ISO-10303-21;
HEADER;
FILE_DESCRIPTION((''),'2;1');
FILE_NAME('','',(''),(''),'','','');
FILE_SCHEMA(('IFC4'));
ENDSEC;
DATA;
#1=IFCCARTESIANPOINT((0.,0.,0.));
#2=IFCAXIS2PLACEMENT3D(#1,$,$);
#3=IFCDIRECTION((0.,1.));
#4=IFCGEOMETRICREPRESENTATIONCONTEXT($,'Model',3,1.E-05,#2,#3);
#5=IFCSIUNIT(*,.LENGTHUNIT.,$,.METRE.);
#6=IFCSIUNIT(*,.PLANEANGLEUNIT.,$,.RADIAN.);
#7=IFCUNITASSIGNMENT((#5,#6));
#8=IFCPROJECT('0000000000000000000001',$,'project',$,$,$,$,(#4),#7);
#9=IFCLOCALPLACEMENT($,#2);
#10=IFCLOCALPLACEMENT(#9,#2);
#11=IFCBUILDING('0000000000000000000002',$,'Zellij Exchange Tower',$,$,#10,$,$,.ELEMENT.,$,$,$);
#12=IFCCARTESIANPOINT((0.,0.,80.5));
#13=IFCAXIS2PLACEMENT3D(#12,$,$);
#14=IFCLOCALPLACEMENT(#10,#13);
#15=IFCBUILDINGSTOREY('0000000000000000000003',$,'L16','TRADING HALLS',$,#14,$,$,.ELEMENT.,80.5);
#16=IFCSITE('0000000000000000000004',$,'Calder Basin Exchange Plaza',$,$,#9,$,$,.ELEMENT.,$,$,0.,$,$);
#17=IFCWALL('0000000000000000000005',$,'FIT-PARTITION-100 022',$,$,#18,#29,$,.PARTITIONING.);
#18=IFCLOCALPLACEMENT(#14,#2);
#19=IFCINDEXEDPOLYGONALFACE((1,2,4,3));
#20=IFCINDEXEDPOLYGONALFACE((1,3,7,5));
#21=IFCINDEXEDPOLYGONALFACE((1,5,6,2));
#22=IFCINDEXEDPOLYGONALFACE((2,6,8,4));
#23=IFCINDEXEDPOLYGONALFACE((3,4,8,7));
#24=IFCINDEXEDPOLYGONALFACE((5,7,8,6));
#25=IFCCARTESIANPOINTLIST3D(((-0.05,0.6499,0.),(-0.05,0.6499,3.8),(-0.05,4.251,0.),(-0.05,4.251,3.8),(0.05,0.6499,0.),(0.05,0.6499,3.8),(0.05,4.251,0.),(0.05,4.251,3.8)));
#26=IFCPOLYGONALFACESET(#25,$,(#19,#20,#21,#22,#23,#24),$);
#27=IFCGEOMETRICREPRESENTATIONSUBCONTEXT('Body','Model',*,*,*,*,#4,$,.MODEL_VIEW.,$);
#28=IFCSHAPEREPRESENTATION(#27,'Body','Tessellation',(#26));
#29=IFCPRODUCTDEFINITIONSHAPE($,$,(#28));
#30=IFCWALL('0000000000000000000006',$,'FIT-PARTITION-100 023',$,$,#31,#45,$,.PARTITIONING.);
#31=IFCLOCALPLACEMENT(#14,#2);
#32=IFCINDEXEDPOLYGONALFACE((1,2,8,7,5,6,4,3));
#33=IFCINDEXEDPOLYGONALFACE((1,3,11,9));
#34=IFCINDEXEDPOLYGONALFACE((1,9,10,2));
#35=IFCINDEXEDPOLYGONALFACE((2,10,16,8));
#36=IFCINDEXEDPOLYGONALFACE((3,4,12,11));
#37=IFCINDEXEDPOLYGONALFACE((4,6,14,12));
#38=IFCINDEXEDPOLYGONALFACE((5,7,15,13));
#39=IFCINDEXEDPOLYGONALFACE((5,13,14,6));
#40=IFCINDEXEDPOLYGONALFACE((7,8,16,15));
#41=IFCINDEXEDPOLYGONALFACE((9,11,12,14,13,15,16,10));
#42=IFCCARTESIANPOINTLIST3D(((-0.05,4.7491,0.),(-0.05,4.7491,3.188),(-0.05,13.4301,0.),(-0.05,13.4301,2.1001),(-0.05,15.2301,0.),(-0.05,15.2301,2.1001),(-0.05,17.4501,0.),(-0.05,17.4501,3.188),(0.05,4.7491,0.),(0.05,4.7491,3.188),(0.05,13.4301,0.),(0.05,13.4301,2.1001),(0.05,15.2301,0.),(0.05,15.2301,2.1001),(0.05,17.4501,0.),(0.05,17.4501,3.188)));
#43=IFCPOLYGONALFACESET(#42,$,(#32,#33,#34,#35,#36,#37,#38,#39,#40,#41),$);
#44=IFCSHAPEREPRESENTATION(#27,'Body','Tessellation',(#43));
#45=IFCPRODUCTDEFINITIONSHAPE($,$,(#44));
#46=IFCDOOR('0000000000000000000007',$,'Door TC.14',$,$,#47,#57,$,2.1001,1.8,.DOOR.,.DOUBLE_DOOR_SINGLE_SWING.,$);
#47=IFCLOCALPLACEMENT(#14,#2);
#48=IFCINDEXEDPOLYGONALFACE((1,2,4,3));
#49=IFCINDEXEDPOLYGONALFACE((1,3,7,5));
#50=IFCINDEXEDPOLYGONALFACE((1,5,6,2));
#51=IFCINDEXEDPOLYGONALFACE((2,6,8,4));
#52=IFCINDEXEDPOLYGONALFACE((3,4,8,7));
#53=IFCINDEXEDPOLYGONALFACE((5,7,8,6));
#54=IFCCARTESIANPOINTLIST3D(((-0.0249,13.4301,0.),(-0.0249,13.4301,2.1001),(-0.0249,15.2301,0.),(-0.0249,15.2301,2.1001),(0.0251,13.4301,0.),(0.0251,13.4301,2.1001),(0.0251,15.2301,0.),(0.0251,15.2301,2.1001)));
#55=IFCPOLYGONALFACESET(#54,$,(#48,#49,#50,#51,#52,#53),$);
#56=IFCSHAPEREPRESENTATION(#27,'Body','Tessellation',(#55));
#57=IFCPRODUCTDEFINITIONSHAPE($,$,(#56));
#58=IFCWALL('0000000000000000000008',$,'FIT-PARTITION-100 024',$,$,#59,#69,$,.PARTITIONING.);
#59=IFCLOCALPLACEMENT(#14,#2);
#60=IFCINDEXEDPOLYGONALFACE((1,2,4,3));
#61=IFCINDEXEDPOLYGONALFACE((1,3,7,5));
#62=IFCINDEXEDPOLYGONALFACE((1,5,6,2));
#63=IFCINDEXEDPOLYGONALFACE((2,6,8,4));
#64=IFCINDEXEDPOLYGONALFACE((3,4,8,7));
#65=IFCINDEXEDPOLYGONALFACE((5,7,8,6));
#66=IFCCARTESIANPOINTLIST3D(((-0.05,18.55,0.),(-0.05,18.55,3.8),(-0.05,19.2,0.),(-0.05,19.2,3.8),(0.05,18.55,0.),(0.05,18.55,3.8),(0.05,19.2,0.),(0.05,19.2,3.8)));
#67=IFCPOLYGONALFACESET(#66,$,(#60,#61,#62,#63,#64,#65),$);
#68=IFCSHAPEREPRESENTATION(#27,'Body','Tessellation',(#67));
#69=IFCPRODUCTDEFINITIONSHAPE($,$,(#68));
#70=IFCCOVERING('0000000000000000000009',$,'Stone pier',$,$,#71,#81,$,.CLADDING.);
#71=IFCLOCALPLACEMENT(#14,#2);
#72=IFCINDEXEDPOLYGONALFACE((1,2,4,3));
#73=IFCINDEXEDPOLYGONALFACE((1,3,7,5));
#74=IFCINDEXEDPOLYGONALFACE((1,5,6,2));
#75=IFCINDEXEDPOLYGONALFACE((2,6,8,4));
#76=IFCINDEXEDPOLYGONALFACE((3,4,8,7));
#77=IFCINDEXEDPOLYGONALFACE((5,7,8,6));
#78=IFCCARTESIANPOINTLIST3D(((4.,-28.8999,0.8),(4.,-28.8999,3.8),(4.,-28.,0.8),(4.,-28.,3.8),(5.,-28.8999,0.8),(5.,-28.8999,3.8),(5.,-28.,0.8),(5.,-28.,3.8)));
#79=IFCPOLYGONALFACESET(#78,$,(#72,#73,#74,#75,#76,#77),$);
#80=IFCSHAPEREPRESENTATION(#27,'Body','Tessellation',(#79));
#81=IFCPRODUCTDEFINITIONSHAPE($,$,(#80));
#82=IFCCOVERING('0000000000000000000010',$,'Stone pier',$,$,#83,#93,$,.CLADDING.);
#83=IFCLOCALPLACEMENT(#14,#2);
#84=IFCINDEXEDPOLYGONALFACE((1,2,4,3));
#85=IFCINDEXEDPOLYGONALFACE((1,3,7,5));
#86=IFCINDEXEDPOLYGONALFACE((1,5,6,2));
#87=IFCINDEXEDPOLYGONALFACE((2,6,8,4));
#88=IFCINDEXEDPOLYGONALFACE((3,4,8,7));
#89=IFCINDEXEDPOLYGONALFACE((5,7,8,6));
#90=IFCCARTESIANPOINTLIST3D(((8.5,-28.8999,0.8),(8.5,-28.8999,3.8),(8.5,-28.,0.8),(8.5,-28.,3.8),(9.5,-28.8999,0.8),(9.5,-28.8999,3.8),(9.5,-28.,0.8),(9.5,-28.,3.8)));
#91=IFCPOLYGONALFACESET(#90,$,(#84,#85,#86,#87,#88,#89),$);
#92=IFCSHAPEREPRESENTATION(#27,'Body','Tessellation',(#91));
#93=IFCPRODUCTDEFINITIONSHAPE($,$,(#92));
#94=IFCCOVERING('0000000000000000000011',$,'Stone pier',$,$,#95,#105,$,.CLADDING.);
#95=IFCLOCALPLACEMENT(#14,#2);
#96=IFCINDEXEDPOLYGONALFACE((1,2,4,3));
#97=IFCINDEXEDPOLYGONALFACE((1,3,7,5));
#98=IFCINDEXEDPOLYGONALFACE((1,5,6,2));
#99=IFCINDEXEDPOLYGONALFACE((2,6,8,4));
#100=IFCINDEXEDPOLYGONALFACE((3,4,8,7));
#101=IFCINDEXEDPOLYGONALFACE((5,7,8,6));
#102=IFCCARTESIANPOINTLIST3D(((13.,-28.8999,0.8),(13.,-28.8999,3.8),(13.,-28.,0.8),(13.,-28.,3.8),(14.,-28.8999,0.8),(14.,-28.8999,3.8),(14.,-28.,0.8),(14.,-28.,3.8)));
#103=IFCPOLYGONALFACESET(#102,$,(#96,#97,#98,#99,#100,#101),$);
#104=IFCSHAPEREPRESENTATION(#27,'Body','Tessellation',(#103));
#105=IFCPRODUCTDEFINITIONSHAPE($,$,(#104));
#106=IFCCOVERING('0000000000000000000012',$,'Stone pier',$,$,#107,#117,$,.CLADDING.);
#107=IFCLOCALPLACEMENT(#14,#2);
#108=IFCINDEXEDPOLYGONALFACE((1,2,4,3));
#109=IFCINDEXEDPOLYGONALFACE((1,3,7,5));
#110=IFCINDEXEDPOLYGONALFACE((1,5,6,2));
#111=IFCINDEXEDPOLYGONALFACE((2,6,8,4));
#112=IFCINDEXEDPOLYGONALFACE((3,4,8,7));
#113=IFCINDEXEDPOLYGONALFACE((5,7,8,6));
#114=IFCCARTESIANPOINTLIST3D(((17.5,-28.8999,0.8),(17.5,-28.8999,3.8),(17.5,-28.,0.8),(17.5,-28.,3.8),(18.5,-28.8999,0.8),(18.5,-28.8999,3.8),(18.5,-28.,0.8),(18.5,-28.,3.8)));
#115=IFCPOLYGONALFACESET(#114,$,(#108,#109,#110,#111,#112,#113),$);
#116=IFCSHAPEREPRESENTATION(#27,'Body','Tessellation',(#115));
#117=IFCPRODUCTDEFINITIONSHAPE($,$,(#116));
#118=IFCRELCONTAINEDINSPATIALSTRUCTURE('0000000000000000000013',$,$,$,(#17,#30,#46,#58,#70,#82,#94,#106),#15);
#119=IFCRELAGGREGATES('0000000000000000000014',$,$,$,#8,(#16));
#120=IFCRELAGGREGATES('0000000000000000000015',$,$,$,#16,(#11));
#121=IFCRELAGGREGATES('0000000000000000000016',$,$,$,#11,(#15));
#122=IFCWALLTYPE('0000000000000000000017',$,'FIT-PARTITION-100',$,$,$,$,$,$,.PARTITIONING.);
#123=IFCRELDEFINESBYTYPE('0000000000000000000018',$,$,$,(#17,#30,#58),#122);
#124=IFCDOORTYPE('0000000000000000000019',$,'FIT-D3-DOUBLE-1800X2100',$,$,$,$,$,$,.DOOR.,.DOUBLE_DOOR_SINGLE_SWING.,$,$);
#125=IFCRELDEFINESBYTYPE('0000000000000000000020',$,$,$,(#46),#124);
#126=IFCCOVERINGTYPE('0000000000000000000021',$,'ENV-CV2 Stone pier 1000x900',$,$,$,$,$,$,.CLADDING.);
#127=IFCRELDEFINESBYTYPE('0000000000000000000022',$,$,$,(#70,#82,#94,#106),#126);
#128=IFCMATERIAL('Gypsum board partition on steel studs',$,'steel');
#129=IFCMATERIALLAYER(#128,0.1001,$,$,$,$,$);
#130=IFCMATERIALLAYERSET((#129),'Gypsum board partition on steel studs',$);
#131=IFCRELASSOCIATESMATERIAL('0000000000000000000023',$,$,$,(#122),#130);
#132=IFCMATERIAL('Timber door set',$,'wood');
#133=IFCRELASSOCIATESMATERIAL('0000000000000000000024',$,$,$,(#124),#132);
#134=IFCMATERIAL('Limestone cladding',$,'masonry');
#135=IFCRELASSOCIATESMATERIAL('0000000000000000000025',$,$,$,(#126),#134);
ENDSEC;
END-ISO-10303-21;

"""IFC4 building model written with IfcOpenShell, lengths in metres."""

from ifc_helpers import new_model, si_unit, direction, frame, frame_2d, origin, place, context, subcontext, project, spatial, polyline, rectangle, outline, extrude, material, layer, layer_set, type_object, element, fill, save


model = new_model("IFC4")

# Units and contexts
model_context = context("Model", 3, precision=1e-05, world=origin(), true_north=direction((0.0, 1.0)))
body_context = subcontext(model_context, "Body", "Model", "MODEL_VIEW")
ifc_project = project(units=[si_unit("LENGTHUNIT", "METRE"), si_unit("PLANEANGLEUNIT", "RADIAN")], contexts=[model_context])

# Site, building, storey
site_placement = place(None, origin())
site = spatial("IfcSite", under=ifc_project, at=site_placement, Name="Calder Basin Exchange Plaza", CompositionType="ELEMENT", RefElevation=0.0)
building_placement = place(site_placement, origin())
building = spatial("IfcBuilding", under=site, at=building_placement, Name="Zellij Exchange Tower", CompositionType="ELEMENT")
storey_placement = place(building_placement, frame((0.0, 0.0, 80.5)))
storey = spatial("IfcBuildingStorey", under=building, at=storey_placement, Name="L16", Description="TRADING HALLS", CompositionType="ELEMENT", Elevation=80.5)

# Wall
ifc_material_1 = material(Name="Gypsum board partition on steel studs", Category="steel")
ifc_layer = layer(ifc_material_1, 0.1001)
ifc_layer_set = layer_set([ifc_layer], Name="Gypsum board partition on steel studs")
wall_type = type_object("IfcWallType", Name="FIT-PARTITION-100", PredefinedType="PARTITIONING", material=ifc_layer_set)
wall_1_placement = place(storey_placement, frame((0.0, 0.6499, 0.0), z_axis=(0.0, 0.0, 1.0), x_axis=(0.0, 1.0, 0.0)))
element("IfcWall", 1, at=wall_1_placement, inside=storey, type_object=wall_type, Name="FIT-PARTITION-100 022", PredefinedType="PARTITIONING", context=body_context, shape_type="SweptSolid", body=[
    extrude(rectangle(XDim=3.6011, YDim=0.1001, at=frame_2d((1.8005, 0.0))), origin(), (0.0, 0.0, 1.0), 3.8),
])

# Wall, opening, door
wall_2_placement = place(storey_placement, frame((0.0, 4.749, 0.0), z_axis=(0.0, 0.0, 1.0), x_axis=(0.0, 1.0, 0.0)))
wall_2 = element("IfcWall", 2, at=wall_2_placement, inside=storey, type_object=wall_type, Name="FIT-PARTITION-100 023", PredefinedType="PARTITIONING", context=body_context, shape_type="SweptSolid", body=[
    extrude(rectangle(XDim=12.7009, YDim=0.1001, at=frame_2d((6.3506, 0.0))), origin(), (0.0, 0.0, 1.0), 3.188),
])
opening_placement = place(wall_2_placement, frame((8.6812, 0.0, 0.0)))
opening = element("IfcOpeningElement", 3, at=opening_placement, cuts=wall_2, PredefinedType="OPENING", context=body_context, shape_type="SweptSolid", body=[
    extrude(rectangle(XDim=1.8, YDim=2.1001, at=frame_2d((0.8999, 1.05))), frame((0.0, 0.062, 0.0), z_axis=(0.0, -1.0, 0.0), x_axis=(1.0, 0.0, 0.0)), (0.0, 0.0, 1.0), 0.124),
])
ifc_material_2 = material(Name="Timber door set", Category="wood")
door_type = type_object("IfcDoorType", Name="FIT-D3-DOUBLE-1800X2100", OperationType="DOUBLE_DOOR_SINGLE_SWING", PredefinedType="DOOR", material=ifc_material_2)
door_placement = place(opening_placement, origin())
door = element("IfcDoor", 4, at=door_placement, inside=storey, type_object=door_type, Name="Door TC.14", OperationType="DOUBLE_DOOR_SINGLE_SWING", OverallHeight=2.1001, OverallWidth=1.8, PredefinedType="DOOR", context=body_context, shape_type="SweptSolid", body=[
    extrude(rectangle(XDim=1.8, YDim=2.1001, at=frame_2d((0.8999, 1.05))), frame((0.0, 0.0249, 0.0), z_axis=(0.0, -1.0, 0.0), x_axis=(1.0, 0.0, 0.0)), (0.0, 0.0, 1.0), 0.05),
])
fill(opening, door)

# Wall
wall_3_placement = place(storey_placement, frame((0.0, 18.55, 0.0), z_axis=(0.0, 0.0, 1.0), x_axis=(0.0, 1.0, 0.0)))
element("IfcWall", 5, at=wall_3_placement, inside=storey, type_object=wall_type, Name="FIT-PARTITION-100 024", PredefinedType="PARTITIONING", context=body_context, shape_type="SweptSolid", body=[
    extrude(rectangle(XDim=0.6499, YDim=0.1001, at=frame_2d((0.325, 0.0))), origin(), (0.0, 0.0, 1.0), 3.8),
])

# Coverings
ifc_material_3 = material(Name="Limestone cladding", Category="masonry")
covering_type = type_object("IfcCoveringType", Name="ENV-CV2 Stone pier 1000x900", PredefinedType="CLADDING", material=ifc_material_3)
covering_1_placement = place(storey_placement, frame((0.0, 0.0, 0.8)))
element("IfcCovering", 6, at=covering_1_placement, inside=storey, type_object=covering_type, Name="Stone pier", PredefinedType="CLADDING", context=body_context, shape_type="SweptSolid", body=[
    extrude(outline(polyline([(4.0, -28.0), (5.0, -28.0), (5.0, -28.8999), (4.0, -28.8999), (4.0, -28.0)])), origin(), (0.0, 0.0, 1.0), 3.0),
])
covering_2_placement = place(storey_placement, frame((0.0, 0.0, 0.8)))
element("IfcCovering", 7, at=covering_2_placement, inside=storey, type_object=covering_type, Name="Stone pier", PredefinedType="CLADDING", context=body_context, shape_type="SweptSolid", body=[
    extrude(outline(polyline([(8.5, -28.0), (9.5, -28.0), (9.5, -28.8999), (8.5, -28.8999), (8.5, -28.0)])), origin(), (0.0, 0.0, 1.0), 3.0),
])
covering_3_placement = place(storey_placement, frame((0.0, 0.0, 0.8)))
element("IfcCovering", 8, at=covering_3_placement, inside=storey, type_object=covering_type, Name="Stone pier", PredefinedType="CLADDING", context=body_context, shape_type="SweptSolid", body=[
    extrude(outline(polyline([(13.0, -28.0), (14.0, -28.0), (14.0, -28.8999), (13.0, -28.8999), (13.0, -28.0)])), origin(), (0.0, 0.0, 1.0), 3.0),
])
covering_4_placement = place(storey_placement, frame((0.0, 0.0, 0.8)))
element("IfcCovering", 9, at=covering_4_placement, inside=storey, type_object=covering_type, Name="Stone pier", PredefinedType="CLADDING", context=body_context, shape_type="SweptSolid", body=[
    extrude(outline(polyline([(17.5, -28.0), (18.5, -28.0), (18.5, -28.8999), (17.5, -28.8999), (17.5, -28.0)])), origin(), (0.0, 0.0, 1.0), 3.0),
])

save(model, "model.ifc")
